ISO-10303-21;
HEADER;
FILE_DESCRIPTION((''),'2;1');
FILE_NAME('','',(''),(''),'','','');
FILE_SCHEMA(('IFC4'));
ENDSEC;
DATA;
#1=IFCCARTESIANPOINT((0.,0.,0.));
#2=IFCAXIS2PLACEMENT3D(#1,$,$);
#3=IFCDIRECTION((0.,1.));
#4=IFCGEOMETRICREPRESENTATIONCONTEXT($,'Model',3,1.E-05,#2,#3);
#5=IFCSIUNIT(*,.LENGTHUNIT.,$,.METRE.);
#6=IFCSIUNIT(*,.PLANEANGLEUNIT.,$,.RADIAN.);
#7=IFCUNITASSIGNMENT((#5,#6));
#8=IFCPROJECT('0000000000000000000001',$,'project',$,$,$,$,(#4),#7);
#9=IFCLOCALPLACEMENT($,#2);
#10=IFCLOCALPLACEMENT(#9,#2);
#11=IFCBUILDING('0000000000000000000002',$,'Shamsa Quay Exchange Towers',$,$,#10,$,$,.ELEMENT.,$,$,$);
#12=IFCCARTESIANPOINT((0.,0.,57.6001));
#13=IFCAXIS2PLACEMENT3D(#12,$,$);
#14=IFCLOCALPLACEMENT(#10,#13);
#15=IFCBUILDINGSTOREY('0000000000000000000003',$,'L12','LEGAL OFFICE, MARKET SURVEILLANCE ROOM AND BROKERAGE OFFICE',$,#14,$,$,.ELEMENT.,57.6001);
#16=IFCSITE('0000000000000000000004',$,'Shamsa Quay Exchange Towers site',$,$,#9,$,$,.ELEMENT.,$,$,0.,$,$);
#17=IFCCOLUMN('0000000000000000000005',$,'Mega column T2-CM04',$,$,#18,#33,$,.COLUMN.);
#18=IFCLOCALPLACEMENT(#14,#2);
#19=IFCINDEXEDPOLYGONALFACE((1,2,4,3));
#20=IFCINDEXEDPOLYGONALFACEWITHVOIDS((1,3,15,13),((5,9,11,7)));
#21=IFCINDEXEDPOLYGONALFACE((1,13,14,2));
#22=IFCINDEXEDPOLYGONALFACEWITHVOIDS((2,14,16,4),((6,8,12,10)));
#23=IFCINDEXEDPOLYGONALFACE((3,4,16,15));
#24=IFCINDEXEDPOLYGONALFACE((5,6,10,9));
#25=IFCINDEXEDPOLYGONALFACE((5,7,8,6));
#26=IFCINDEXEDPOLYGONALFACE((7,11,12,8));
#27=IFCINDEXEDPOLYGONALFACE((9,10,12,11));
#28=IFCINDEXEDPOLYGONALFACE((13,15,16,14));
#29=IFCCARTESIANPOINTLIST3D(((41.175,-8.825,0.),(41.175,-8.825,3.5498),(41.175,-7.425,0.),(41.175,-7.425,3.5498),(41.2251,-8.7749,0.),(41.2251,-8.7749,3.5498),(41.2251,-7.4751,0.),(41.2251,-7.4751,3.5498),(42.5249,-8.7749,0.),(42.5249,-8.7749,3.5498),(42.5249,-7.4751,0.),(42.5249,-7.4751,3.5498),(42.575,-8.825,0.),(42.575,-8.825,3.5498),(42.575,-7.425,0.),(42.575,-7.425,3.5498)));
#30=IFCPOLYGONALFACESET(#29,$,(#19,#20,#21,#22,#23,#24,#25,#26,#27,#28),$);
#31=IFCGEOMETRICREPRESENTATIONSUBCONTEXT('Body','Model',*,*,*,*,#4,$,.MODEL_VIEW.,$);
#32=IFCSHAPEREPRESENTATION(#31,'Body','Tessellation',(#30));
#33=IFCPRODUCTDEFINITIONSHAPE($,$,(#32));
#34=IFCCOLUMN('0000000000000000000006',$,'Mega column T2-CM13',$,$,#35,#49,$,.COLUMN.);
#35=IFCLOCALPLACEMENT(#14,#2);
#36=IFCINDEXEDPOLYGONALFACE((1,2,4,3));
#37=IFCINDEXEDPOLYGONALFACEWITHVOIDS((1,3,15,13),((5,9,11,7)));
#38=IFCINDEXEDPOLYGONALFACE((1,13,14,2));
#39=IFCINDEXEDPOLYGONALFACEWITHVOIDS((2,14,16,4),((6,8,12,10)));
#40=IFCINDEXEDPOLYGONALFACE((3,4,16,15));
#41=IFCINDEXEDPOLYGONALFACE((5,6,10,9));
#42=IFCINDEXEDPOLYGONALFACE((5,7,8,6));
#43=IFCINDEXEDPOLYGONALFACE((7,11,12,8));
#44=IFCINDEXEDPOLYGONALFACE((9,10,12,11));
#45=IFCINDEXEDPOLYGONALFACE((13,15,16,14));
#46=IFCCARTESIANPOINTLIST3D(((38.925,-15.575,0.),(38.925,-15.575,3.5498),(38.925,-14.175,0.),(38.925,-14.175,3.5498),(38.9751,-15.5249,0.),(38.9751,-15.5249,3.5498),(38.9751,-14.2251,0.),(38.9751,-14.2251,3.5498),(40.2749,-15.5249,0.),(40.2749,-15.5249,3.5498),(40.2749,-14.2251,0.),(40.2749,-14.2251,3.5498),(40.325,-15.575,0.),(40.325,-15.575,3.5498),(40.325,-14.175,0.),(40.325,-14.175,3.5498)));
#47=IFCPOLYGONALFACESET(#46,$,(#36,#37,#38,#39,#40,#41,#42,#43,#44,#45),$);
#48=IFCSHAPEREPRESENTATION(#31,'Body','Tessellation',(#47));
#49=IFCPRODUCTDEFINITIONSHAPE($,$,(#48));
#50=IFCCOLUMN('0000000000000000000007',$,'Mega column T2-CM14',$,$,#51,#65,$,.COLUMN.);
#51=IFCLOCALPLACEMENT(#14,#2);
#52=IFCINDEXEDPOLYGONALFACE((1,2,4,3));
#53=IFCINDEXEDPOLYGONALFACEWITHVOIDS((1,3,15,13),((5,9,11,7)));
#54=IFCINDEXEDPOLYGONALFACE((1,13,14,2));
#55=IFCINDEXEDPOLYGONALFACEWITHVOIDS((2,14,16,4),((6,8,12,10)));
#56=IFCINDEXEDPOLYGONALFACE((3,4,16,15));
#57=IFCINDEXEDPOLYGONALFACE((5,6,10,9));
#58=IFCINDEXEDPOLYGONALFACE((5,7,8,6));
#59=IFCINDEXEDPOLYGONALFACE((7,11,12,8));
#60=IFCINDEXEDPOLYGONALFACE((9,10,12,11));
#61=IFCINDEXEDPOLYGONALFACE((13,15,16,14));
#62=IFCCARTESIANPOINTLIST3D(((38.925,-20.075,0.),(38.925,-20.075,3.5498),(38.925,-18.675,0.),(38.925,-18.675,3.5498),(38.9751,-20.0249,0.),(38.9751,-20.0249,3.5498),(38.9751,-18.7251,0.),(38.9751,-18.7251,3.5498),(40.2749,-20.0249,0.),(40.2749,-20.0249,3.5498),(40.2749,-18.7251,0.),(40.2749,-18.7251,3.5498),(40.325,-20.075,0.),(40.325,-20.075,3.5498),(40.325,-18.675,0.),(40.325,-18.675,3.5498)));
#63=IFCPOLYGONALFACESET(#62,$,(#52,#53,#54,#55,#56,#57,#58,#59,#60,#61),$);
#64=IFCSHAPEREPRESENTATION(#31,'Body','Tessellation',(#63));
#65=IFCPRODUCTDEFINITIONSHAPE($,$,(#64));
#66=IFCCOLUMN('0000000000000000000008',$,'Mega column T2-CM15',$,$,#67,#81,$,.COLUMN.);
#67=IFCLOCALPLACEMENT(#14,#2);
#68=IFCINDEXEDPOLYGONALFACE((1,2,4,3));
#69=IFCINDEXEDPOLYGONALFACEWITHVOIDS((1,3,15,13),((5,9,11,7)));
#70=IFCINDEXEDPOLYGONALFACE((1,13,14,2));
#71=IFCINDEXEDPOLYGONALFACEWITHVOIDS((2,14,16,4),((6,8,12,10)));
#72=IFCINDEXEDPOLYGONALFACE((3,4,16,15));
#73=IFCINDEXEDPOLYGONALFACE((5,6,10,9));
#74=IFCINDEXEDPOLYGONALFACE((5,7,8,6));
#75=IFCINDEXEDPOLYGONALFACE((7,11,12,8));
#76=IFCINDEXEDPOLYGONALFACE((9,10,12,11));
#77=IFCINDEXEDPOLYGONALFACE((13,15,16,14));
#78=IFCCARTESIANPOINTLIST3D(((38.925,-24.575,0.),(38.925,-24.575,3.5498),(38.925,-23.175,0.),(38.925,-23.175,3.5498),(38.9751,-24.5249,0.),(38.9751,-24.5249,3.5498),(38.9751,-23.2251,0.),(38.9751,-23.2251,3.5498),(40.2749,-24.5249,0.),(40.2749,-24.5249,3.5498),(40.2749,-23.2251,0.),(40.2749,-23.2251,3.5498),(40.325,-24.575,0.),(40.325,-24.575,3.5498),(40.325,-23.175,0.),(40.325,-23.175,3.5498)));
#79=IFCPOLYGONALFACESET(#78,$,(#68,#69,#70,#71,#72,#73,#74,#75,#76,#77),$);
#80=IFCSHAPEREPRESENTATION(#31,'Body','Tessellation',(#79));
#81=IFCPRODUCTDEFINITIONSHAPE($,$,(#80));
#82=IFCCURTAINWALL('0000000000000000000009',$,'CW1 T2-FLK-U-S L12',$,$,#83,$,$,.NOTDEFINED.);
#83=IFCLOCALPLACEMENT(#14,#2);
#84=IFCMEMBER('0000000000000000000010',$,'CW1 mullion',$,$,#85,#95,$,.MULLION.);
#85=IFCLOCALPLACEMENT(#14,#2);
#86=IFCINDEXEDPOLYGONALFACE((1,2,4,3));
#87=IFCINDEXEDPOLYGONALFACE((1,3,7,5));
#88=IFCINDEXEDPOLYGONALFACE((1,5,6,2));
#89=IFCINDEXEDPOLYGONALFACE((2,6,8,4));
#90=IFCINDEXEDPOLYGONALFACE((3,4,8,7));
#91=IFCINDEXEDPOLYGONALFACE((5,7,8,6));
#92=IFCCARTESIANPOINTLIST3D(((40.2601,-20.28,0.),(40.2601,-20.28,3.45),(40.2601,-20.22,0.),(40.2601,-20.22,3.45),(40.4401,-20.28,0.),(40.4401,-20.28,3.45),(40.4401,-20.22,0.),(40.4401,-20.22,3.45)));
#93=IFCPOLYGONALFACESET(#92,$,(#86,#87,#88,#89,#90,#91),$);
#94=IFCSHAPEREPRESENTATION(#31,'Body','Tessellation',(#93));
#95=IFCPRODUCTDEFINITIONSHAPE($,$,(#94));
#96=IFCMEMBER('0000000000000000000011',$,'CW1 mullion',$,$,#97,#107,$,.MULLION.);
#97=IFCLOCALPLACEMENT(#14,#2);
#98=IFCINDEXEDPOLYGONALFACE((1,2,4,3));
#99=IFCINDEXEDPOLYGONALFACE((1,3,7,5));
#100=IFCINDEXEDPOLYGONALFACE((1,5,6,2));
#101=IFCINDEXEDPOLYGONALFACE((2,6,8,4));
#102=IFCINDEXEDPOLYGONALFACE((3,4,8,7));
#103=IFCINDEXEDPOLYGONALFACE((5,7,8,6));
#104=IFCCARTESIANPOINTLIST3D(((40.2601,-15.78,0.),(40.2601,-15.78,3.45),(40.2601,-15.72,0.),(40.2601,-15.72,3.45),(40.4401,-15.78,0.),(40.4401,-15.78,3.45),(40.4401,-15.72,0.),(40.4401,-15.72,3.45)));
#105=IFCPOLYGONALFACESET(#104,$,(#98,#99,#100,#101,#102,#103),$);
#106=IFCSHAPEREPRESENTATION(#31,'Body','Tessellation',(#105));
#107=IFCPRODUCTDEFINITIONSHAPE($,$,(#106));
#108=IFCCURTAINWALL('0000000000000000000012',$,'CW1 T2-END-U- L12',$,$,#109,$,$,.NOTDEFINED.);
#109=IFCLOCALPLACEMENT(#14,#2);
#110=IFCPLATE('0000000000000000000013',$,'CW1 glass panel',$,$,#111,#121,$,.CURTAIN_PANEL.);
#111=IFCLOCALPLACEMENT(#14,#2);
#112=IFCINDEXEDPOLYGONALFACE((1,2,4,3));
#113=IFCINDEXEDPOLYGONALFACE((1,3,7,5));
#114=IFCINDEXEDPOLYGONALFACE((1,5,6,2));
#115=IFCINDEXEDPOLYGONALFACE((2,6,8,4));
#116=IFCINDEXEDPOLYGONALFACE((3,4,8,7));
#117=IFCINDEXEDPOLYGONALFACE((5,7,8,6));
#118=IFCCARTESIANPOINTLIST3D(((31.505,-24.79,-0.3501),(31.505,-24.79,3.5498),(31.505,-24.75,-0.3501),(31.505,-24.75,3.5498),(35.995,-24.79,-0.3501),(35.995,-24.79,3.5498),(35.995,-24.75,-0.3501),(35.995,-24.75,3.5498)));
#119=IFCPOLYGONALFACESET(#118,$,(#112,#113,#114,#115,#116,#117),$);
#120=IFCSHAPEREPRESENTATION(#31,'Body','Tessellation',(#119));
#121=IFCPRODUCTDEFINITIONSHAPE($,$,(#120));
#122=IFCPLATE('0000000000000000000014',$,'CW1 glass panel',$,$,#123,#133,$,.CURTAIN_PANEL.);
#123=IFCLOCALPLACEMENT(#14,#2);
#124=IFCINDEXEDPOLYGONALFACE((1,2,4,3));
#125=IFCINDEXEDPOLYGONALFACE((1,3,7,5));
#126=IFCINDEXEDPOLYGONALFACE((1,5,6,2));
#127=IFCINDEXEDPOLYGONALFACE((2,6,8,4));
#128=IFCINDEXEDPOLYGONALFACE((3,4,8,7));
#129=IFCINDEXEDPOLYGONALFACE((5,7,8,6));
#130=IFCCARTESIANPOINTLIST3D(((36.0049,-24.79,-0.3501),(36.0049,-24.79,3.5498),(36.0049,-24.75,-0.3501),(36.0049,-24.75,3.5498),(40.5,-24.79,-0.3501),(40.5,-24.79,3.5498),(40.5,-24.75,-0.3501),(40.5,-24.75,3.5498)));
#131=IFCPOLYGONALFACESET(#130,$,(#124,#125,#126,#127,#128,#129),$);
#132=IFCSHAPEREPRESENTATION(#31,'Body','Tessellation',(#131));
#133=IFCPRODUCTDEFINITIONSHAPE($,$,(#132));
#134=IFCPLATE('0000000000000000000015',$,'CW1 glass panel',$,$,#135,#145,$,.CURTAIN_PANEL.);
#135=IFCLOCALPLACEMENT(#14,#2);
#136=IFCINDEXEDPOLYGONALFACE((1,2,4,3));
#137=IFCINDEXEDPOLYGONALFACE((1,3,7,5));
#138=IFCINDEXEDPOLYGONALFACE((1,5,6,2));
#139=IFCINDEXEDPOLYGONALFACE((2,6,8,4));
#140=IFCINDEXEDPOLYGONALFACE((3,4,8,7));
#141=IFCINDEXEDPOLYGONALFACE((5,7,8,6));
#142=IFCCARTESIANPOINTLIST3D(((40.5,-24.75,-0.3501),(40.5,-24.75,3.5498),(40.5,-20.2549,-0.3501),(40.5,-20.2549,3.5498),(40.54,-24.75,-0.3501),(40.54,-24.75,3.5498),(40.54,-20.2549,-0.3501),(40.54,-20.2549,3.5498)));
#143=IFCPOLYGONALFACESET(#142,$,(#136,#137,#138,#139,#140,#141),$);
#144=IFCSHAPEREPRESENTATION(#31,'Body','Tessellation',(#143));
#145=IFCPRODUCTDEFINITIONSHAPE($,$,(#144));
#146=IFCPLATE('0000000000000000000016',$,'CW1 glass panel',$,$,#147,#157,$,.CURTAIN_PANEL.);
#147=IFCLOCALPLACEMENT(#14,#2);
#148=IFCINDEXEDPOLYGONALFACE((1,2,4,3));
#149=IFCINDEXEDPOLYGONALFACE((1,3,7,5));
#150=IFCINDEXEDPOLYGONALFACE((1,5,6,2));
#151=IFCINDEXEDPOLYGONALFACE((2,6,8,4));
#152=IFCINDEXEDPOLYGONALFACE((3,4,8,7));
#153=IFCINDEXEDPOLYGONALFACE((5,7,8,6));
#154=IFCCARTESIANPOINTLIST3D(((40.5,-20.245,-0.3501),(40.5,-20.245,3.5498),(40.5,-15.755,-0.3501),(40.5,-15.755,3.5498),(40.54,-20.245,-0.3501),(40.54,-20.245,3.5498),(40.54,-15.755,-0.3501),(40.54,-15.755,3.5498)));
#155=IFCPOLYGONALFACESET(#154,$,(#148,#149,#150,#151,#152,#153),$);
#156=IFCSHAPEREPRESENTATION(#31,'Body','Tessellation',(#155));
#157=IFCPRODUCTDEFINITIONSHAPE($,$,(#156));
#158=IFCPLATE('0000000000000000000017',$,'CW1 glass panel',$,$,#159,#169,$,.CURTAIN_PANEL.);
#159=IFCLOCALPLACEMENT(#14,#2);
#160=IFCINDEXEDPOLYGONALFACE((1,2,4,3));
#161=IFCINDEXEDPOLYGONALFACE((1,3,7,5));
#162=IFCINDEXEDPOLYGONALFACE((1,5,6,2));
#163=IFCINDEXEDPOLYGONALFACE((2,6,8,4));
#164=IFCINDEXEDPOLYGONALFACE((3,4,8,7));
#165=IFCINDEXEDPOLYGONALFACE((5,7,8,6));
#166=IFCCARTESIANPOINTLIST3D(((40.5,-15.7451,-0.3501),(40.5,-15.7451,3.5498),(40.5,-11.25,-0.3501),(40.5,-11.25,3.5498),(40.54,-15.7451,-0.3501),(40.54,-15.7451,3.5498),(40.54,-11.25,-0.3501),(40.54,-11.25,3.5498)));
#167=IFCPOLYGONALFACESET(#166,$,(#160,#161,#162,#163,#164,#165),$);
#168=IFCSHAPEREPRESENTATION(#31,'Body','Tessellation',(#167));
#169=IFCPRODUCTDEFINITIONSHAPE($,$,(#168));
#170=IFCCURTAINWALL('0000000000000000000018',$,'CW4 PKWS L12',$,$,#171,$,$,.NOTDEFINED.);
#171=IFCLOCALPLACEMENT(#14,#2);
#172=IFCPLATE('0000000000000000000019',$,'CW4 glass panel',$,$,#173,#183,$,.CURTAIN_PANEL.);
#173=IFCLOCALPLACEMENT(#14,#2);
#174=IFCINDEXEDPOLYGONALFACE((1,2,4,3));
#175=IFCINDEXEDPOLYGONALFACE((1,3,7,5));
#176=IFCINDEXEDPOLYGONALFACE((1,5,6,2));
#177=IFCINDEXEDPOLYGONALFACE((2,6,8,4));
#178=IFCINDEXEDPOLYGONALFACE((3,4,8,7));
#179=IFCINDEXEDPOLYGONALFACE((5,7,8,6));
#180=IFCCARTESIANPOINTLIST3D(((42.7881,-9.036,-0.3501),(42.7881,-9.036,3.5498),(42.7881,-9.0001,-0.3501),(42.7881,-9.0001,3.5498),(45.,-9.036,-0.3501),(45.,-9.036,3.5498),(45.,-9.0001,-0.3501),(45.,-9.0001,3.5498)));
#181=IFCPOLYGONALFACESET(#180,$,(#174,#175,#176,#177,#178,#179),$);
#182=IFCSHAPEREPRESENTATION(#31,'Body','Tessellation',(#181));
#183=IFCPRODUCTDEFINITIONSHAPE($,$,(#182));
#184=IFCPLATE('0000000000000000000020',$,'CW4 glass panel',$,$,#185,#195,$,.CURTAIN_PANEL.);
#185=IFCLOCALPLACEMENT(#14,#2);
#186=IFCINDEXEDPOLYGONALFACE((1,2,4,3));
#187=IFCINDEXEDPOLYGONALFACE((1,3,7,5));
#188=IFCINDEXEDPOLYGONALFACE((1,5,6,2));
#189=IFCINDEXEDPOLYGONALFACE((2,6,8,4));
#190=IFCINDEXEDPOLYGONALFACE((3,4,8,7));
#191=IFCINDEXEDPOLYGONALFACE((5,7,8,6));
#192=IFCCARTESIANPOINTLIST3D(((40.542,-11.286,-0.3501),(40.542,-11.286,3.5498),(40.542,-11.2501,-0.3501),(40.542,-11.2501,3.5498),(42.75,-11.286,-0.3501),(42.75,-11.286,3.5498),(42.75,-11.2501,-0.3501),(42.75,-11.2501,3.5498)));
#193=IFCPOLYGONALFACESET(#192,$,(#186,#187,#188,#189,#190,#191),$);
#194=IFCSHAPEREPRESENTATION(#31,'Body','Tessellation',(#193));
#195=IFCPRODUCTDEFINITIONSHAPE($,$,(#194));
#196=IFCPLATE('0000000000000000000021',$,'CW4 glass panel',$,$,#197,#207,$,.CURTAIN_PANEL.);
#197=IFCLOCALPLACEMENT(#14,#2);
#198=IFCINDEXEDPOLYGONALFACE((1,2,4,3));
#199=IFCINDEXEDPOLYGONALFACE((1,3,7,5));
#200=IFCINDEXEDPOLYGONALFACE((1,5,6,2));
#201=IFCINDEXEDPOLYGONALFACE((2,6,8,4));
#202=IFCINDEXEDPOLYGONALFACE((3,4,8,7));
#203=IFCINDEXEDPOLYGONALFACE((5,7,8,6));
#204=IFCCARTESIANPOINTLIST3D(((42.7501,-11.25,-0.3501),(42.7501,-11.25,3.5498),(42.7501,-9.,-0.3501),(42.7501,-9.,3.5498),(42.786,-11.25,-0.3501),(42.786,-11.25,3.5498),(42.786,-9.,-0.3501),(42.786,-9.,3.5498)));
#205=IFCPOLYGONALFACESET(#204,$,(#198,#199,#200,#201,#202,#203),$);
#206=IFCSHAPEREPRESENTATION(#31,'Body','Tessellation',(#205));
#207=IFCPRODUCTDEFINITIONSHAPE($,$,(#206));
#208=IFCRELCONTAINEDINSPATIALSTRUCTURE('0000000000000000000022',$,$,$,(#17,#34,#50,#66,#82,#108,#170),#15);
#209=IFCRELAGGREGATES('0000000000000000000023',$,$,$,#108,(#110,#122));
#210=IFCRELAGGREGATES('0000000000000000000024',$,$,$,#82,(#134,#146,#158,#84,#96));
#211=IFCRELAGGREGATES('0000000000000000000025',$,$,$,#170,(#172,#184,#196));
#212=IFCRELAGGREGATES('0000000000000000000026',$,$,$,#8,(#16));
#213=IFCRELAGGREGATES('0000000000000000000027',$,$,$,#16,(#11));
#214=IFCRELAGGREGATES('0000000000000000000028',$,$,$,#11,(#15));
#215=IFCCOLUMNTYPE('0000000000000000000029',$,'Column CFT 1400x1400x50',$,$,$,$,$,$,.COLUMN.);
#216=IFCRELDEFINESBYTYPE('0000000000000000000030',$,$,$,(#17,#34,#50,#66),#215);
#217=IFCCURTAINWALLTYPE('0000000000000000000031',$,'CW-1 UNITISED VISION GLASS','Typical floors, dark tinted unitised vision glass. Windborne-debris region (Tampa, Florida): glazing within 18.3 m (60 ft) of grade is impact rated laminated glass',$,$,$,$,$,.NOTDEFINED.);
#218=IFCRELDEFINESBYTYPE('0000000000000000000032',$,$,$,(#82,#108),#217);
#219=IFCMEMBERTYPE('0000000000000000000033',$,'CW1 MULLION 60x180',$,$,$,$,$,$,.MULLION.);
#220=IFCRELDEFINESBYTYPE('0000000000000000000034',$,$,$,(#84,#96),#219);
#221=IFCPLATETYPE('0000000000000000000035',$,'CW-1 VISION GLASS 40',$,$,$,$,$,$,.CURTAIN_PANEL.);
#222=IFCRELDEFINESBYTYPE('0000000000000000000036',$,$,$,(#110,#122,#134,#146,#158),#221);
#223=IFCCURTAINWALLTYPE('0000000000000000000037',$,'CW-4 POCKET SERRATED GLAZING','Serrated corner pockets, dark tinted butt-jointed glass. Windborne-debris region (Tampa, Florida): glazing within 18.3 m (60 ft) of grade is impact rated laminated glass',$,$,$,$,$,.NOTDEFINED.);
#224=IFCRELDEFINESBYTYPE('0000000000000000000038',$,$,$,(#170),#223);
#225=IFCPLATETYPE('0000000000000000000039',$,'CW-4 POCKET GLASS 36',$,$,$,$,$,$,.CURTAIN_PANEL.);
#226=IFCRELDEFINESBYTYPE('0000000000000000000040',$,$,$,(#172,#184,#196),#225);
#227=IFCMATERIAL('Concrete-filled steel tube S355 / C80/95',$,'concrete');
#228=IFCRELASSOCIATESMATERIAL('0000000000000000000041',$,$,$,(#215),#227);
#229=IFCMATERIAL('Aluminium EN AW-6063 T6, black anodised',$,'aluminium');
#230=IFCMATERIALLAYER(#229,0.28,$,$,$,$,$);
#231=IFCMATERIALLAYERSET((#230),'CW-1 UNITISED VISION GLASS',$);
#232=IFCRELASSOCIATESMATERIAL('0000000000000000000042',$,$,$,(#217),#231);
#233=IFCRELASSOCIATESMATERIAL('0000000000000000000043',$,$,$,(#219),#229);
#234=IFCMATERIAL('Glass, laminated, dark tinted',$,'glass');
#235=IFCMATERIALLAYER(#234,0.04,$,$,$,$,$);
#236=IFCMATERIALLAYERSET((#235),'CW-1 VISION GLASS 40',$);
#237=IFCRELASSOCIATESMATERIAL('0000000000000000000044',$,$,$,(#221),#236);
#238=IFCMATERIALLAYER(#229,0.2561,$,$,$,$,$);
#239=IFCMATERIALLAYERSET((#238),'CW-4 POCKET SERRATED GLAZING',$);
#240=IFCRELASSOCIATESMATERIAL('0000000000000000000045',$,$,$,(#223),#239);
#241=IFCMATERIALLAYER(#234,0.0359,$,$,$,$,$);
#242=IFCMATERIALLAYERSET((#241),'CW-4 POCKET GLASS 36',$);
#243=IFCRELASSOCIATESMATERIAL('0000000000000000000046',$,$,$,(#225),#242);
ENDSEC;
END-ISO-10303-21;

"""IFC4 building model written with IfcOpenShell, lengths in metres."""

from ifc_helpers import new_model, si_unit, direction, frame, origin, origin_2d, place, context, subcontext, project, spatial, rectangle, hollow_rectangle, extrude, material, layer, layer_set, material_profile, profile_set, type_object, element, aggregate, save


model = new_model("IFC4")

# Units and contexts
model_context = context("Model", 3, precision=1e-05, world=origin(), true_north=direction((0.0, 1.0)))
body_context = subcontext(model_context, "Body", "Model", "MODEL_VIEW")
ifc_project = project(units=[si_unit("LENGTHUNIT", "METRE"), si_unit("PLANEANGLEUNIT", "RADIAN")], contexts=[model_context])

# Site, building, storey
site_placement = place(None, origin())
site = spatial("IfcSite", under=ifc_project, at=site_placement, Name="Shamsa Quay Exchange Towers site", CompositionType="ELEMENT", RefElevation=0.0)
building_placement = place(site_placement, origin())
building = spatial("IfcBuilding", under=site, at=building_placement, Name="Shamsa Quay Exchange Towers", CompositionType="ELEMENT")
storey_placement = place(building_placement, frame((0.0, 0.0, 57.6001)))
storey = spatial("IfcBuildingStorey", under=building, at=storey_placement, Name="L12", Description="LEGAL OFFICE, MARKET SURVEILLANCE ROOM AND BROKERAGE OFFICE", CompositionType="ELEMENT", Elevation=57.6001)

# Columns
ifc_material_1 = material(Name="Concrete-filled steel tube S355 / C80/95", Category="concrete")
ifc_material_profile_1 = material_profile(ifc_material_1, hollow_rectangle(XDim=1.3999, YDim=1.3999, WallThickness=0.05, at=origin_2d()), Name="CFT 1400x1400x50")
ifc_profile_set_1 = profile_set([ifc_material_profile_1], Name="Concrete-filled steel tube S355 / C80/95")
column_type = type_object("IfcColumnType", Name="Column CFT 1400x1400x50", PredefinedType="COLUMN", material=ifc_profile_set_1)
for number, where, name in (
    (1, (41.875, -8.125, 0.0), "Mega column T2-CM04"),
    (2, (39.625, -14.875, 0.0), "Mega column T2-CM13"),
    (3, (39.625, -19.375, 0.0), "Mega column T2-CM14"),
    (4, (39.625, -23.875, 0.0), "Mega column T2-CM15"),
):
    element("IfcColumn", number, at=place(storey_placement, frame(where)), inside=storey, type_object=column_type, Name=name, PredefinedType="COLUMN", context=body_context, shape_type="SweptSolid", body=[
        extrude(hollow_rectangle(XDim=1.3999, YDim=1.3999, WallThickness=0.05, at=origin_2d()), origin(), (0.0, 0.0, 1.0), 3.5498),
    ])

# Curtain wall, members
ifc_material_2 = material(Name="Aluminium EN AW-6063 T6, black anodised", Category="aluminium")
ifc_layer_1 = layer(ifc_material_2, 0.28)
ifc_layer_set_1 = layer_set([ifc_layer_1], Name="CW-1 UNITISED VISION GLASS")
curtain_wall_type_1 = type_object("IfcCurtainWallType", Name="CW-1 UNITISED VISION GLASS", Description="Typical floors, dark tinted unitised vision glass. Windborne-debris region (Tampa, Florida): glazing within 18.3 m (60 ft) of grade is impact rated laminated glass", PredefinedType="NOTDEFINED", material=ifc_layer_set_1)
curtain_wall_1_placement = place(storey_placement, origin())
curtain_wall_1 = element("IfcCurtainWall", 5, at=curtain_wall_1_placement, inside=storey, type_object=curtain_wall_type_1, Name="CW1 T2-FLK-U-S L12", PredefinedType="NOTDEFINED")
ifc_material_profile_2 = material_profile(ifc_material_2, rectangle(XDim=0.1799, YDim=0.0601, at=origin_2d()), Name="MU60x180")
ifc_profile_set_2 = profile_set([ifc_material_profile_2], Name="Aluminium EN AW-6063 T6, black anodised")
member_type = type_object("IfcMemberType", Name="CW1 MULLION 60x180", PredefinedType="MULLION", material=ifc_profile_set_2)
member_1_placement = place(storey_placement, frame((40.3501, -20.25, 0.0), z_axis=(0.0, 0.0, 1.0), x_axis=(-1.0, 0.0, 0.0)))
member_1 = element("IfcMember", 6, at=member_1_placement, type_object=member_type, Name="CW1 mullion", PredefinedType="MULLION", context=body_context, shape_type="SweptSolid", body=[
    extrude(rectangle(XDim=0.1799, YDim=0.0601, at=origin_2d()), origin(), (0.0, 0.0, 1.0), 3.45),
])
member_2_placement = place(storey_placement, frame((40.3501, -15.75, 0.0), z_axis=(0.0, 0.0, 1.0), x_axis=(-1.0, 0.0, 0.0)))
member_2 = element("IfcMember", 7, at=member_2_placement, type_object=member_type, Name="CW1 mullion", PredefinedType="MULLION", context=body_context, shape_type="SweptSolid", body=[
    extrude(rectangle(XDim=0.1799, YDim=0.0601, at=origin_2d()), origin(), (0.0, 0.0, 1.0), 3.45),
])

# Curtain wall, plates
curtain_wall_2_placement = place(storey_placement, origin())
curtain_wall_2 = element("IfcCurtainWall", 8, at=curtain_wall_2_placement, inside=storey, type_object=curtain_wall_type_1, Name="CW1 T2-END-U- L12", PredefinedType="NOTDEFINED")
ifc_material_3 = material(Name="Glass, laminated, dark tinted", Category="glass")
ifc_layer_2 = layer(ifc_material_3, 0.04)
ifc_layer_set_2 = layer_set([ifc_layer_2], Name="CW-1 VISION GLASS 40")
plate_type_1 = type_object("IfcPlateType", Name="CW-1 VISION GLASS 40", PredefinedType="CURTAIN_PANEL", material=ifc_layer_set_2)
plate_1_placement = place(storey_placement, frame((33.75, -24.77, -0.3501)))
plate_1 = element("IfcPlate", 9, at=plate_1_placement, type_object=plate_type_1, Name="CW1 glass panel", PredefinedType="CURTAIN_PANEL", context=body_context, shape_type="SweptSolid", body=[
    extrude(rectangle(XDim=4.49, YDim=0.04, at=origin_2d()), origin(), (0.0, 0.0, 1.0), 3.8999),
])
plate_2_placement = place(storey_placement, frame((38.2524, -24.77, -0.3501)))
plate_2 = element("IfcPlate", 10, at=plate_2_placement, type_object=plate_type_1, Name="CW1 glass panel", PredefinedType="CURTAIN_PANEL", context=body_context, shape_type="SweptSolid", body=[
    extrude(rectangle(XDim=4.4951, YDim=0.04, at=origin_2d()), origin(), (0.0, 0.0, 1.0), 3.8999),
])
aggregate(curtain_wall_2, [plate_1, plate_2])

# Plates
plate_3_placement = place(storey_placement, frame((40.52, -22.5024, -0.3501), z_axis=(0.0, 0.0, 1.0), x_axis=(0.0, 1.0, 0.0)))
plate_3 = element("IfcPlate", 11, at=plate_3_placement, type_object=plate_type_1, Name="CW1 glass panel", PredefinedType="CURTAIN_PANEL", context=body_context, shape_type="SweptSolid", body=[
    extrude(rectangle(XDim=4.4951, YDim=0.04, at=origin_2d()), origin(), (0.0, 0.0, 1.0), 3.8999),
])
plate_4_placement = place(storey_placement, frame((40.52, -18.0, -0.3501), z_axis=(0.0, 0.0, 1.0), x_axis=(0.0, 1.0, 0.0)))
plate_4 = element("IfcPlate", 12, at=plate_4_placement, type_object=plate_type_1, Name="CW1 glass panel", PredefinedType="CURTAIN_PANEL", context=body_context, shape_type="SweptSolid", body=[
    extrude(rectangle(XDim=4.49, YDim=0.04, at=origin_2d()), origin(), (0.0, 0.0, 1.0), 3.8999),
])
plate_5_placement = place(storey_placement, frame((40.52, -13.4976, -0.3501), z_axis=(0.0, 0.0, 1.0), x_axis=(0.0, 1.0, 0.0)))
plate_5 = element("IfcPlate", 13, at=plate_5_placement, type_object=plate_type_1, Name="CW1 glass panel", PredefinedType="CURTAIN_PANEL", context=body_context, shape_type="SweptSolid", body=[
    extrude(rectangle(XDim=4.4951, YDim=0.04, at=origin_2d()), origin(), (0.0, 0.0, 1.0), 3.8999),
])
aggregate(curtain_wall_1, [plate_3, plate_4, plate_5, member_1, member_2])

# Curtain wall, plates
ifc_layer_3 = layer(ifc_material_2, 0.2561)
ifc_layer_set_3 = layer_set([ifc_layer_3], Name="CW-4 POCKET SERRATED GLAZING")
curtain_wall_type_2 = type_object("IfcCurtainWallType", Name="CW-4 POCKET SERRATED GLAZING", Description="Serrated corner pockets, dark tinted butt-jointed glass. Windborne-debris region (Tampa, Florida): glazing within 18.3 m (60 ft) of grade is impact rated laminated glass", PredefinedType="NOTDEFINED", material=ifc_layer_set_3)
curtain_wall_3_placement = place(storey_placement, origin())
curtain_wall_3 = element("IfcCurtainWall", 14, at=curtain_wall_3_placement, inside=storey, type_object=curtain_wall_type_2, Name="CW4 PKWS L12", PredefinedType="NOTDEFINED")
ifc_layer_4 = layer(ifc_material_3, 0.0359)
ifc_layer_set_4 = layer_set([ifc_layer_4], Name="CW-4 POCKET GLASS 36")
plate_type_2 = type_object("IfcPlateType", Name="CW-4 POCKET GLASS 36", PredefinedType="CURTAIN_PANEL", material=ifc_layer_set_4)
plate_6_placement = place(storey_placement, frame((43.894, -9.0181, -0.3501)))
plate_6 = element("IfcPlate", 15, at=plate_6_placement, type_object=plate_type_2, Name="CW4 glass panel", PredefinedType="CURTAIN_PANEL", context=body_context, shape_type="SweptSolid", body=[
    extrude(rectangle(XDim=2.2119, YDim=0.0359, at=origin_2d()), origin(), (0.0, 0.0, 1.0), 3.8999),
])
plate_7_placement = place(storey_placement, frame((41.646, -11.2681, -0.3501)))
plate_7 = element("IfcPlate", 16, at=plate_7_placement, type_object=plate_type_2, Name="CW4 glass panel", PredefinedType="CURTAIN_PANEL", context=body_context, shape_type="SweptSolid", body=[
    extrude(rectangle(XDim=2.208, YDim=0.0359, at=origin_2d()), origin(), (0.0, 0.0, 1.0), 3.8999),
])
plate_8_placement = place(storey_placement, frame((42.7681, -10.125, -0.3501), z_axis=(0.0, 0.0, 1.0), x_axis=(0.0, 1.0, 0.0)))
plate_8 = element("IfcPlate", 17, at=plate_8_placement, type_object=plate_type_2, Name="CW4 glass panel", PredefinedType="CURTAIN_PANEL", context=body_context, shape_type="SweptSolid", body=[
    extrude(rectangle(XDim=2.25, YDim=0.0359, at=origin_2d()), origin(), (0.0, 0.0, 1.0), 3.8999),
])
aggregate(curtain_wall_3, [plate_6, plate_7, plate_8])

save(model, "model.ifc")
